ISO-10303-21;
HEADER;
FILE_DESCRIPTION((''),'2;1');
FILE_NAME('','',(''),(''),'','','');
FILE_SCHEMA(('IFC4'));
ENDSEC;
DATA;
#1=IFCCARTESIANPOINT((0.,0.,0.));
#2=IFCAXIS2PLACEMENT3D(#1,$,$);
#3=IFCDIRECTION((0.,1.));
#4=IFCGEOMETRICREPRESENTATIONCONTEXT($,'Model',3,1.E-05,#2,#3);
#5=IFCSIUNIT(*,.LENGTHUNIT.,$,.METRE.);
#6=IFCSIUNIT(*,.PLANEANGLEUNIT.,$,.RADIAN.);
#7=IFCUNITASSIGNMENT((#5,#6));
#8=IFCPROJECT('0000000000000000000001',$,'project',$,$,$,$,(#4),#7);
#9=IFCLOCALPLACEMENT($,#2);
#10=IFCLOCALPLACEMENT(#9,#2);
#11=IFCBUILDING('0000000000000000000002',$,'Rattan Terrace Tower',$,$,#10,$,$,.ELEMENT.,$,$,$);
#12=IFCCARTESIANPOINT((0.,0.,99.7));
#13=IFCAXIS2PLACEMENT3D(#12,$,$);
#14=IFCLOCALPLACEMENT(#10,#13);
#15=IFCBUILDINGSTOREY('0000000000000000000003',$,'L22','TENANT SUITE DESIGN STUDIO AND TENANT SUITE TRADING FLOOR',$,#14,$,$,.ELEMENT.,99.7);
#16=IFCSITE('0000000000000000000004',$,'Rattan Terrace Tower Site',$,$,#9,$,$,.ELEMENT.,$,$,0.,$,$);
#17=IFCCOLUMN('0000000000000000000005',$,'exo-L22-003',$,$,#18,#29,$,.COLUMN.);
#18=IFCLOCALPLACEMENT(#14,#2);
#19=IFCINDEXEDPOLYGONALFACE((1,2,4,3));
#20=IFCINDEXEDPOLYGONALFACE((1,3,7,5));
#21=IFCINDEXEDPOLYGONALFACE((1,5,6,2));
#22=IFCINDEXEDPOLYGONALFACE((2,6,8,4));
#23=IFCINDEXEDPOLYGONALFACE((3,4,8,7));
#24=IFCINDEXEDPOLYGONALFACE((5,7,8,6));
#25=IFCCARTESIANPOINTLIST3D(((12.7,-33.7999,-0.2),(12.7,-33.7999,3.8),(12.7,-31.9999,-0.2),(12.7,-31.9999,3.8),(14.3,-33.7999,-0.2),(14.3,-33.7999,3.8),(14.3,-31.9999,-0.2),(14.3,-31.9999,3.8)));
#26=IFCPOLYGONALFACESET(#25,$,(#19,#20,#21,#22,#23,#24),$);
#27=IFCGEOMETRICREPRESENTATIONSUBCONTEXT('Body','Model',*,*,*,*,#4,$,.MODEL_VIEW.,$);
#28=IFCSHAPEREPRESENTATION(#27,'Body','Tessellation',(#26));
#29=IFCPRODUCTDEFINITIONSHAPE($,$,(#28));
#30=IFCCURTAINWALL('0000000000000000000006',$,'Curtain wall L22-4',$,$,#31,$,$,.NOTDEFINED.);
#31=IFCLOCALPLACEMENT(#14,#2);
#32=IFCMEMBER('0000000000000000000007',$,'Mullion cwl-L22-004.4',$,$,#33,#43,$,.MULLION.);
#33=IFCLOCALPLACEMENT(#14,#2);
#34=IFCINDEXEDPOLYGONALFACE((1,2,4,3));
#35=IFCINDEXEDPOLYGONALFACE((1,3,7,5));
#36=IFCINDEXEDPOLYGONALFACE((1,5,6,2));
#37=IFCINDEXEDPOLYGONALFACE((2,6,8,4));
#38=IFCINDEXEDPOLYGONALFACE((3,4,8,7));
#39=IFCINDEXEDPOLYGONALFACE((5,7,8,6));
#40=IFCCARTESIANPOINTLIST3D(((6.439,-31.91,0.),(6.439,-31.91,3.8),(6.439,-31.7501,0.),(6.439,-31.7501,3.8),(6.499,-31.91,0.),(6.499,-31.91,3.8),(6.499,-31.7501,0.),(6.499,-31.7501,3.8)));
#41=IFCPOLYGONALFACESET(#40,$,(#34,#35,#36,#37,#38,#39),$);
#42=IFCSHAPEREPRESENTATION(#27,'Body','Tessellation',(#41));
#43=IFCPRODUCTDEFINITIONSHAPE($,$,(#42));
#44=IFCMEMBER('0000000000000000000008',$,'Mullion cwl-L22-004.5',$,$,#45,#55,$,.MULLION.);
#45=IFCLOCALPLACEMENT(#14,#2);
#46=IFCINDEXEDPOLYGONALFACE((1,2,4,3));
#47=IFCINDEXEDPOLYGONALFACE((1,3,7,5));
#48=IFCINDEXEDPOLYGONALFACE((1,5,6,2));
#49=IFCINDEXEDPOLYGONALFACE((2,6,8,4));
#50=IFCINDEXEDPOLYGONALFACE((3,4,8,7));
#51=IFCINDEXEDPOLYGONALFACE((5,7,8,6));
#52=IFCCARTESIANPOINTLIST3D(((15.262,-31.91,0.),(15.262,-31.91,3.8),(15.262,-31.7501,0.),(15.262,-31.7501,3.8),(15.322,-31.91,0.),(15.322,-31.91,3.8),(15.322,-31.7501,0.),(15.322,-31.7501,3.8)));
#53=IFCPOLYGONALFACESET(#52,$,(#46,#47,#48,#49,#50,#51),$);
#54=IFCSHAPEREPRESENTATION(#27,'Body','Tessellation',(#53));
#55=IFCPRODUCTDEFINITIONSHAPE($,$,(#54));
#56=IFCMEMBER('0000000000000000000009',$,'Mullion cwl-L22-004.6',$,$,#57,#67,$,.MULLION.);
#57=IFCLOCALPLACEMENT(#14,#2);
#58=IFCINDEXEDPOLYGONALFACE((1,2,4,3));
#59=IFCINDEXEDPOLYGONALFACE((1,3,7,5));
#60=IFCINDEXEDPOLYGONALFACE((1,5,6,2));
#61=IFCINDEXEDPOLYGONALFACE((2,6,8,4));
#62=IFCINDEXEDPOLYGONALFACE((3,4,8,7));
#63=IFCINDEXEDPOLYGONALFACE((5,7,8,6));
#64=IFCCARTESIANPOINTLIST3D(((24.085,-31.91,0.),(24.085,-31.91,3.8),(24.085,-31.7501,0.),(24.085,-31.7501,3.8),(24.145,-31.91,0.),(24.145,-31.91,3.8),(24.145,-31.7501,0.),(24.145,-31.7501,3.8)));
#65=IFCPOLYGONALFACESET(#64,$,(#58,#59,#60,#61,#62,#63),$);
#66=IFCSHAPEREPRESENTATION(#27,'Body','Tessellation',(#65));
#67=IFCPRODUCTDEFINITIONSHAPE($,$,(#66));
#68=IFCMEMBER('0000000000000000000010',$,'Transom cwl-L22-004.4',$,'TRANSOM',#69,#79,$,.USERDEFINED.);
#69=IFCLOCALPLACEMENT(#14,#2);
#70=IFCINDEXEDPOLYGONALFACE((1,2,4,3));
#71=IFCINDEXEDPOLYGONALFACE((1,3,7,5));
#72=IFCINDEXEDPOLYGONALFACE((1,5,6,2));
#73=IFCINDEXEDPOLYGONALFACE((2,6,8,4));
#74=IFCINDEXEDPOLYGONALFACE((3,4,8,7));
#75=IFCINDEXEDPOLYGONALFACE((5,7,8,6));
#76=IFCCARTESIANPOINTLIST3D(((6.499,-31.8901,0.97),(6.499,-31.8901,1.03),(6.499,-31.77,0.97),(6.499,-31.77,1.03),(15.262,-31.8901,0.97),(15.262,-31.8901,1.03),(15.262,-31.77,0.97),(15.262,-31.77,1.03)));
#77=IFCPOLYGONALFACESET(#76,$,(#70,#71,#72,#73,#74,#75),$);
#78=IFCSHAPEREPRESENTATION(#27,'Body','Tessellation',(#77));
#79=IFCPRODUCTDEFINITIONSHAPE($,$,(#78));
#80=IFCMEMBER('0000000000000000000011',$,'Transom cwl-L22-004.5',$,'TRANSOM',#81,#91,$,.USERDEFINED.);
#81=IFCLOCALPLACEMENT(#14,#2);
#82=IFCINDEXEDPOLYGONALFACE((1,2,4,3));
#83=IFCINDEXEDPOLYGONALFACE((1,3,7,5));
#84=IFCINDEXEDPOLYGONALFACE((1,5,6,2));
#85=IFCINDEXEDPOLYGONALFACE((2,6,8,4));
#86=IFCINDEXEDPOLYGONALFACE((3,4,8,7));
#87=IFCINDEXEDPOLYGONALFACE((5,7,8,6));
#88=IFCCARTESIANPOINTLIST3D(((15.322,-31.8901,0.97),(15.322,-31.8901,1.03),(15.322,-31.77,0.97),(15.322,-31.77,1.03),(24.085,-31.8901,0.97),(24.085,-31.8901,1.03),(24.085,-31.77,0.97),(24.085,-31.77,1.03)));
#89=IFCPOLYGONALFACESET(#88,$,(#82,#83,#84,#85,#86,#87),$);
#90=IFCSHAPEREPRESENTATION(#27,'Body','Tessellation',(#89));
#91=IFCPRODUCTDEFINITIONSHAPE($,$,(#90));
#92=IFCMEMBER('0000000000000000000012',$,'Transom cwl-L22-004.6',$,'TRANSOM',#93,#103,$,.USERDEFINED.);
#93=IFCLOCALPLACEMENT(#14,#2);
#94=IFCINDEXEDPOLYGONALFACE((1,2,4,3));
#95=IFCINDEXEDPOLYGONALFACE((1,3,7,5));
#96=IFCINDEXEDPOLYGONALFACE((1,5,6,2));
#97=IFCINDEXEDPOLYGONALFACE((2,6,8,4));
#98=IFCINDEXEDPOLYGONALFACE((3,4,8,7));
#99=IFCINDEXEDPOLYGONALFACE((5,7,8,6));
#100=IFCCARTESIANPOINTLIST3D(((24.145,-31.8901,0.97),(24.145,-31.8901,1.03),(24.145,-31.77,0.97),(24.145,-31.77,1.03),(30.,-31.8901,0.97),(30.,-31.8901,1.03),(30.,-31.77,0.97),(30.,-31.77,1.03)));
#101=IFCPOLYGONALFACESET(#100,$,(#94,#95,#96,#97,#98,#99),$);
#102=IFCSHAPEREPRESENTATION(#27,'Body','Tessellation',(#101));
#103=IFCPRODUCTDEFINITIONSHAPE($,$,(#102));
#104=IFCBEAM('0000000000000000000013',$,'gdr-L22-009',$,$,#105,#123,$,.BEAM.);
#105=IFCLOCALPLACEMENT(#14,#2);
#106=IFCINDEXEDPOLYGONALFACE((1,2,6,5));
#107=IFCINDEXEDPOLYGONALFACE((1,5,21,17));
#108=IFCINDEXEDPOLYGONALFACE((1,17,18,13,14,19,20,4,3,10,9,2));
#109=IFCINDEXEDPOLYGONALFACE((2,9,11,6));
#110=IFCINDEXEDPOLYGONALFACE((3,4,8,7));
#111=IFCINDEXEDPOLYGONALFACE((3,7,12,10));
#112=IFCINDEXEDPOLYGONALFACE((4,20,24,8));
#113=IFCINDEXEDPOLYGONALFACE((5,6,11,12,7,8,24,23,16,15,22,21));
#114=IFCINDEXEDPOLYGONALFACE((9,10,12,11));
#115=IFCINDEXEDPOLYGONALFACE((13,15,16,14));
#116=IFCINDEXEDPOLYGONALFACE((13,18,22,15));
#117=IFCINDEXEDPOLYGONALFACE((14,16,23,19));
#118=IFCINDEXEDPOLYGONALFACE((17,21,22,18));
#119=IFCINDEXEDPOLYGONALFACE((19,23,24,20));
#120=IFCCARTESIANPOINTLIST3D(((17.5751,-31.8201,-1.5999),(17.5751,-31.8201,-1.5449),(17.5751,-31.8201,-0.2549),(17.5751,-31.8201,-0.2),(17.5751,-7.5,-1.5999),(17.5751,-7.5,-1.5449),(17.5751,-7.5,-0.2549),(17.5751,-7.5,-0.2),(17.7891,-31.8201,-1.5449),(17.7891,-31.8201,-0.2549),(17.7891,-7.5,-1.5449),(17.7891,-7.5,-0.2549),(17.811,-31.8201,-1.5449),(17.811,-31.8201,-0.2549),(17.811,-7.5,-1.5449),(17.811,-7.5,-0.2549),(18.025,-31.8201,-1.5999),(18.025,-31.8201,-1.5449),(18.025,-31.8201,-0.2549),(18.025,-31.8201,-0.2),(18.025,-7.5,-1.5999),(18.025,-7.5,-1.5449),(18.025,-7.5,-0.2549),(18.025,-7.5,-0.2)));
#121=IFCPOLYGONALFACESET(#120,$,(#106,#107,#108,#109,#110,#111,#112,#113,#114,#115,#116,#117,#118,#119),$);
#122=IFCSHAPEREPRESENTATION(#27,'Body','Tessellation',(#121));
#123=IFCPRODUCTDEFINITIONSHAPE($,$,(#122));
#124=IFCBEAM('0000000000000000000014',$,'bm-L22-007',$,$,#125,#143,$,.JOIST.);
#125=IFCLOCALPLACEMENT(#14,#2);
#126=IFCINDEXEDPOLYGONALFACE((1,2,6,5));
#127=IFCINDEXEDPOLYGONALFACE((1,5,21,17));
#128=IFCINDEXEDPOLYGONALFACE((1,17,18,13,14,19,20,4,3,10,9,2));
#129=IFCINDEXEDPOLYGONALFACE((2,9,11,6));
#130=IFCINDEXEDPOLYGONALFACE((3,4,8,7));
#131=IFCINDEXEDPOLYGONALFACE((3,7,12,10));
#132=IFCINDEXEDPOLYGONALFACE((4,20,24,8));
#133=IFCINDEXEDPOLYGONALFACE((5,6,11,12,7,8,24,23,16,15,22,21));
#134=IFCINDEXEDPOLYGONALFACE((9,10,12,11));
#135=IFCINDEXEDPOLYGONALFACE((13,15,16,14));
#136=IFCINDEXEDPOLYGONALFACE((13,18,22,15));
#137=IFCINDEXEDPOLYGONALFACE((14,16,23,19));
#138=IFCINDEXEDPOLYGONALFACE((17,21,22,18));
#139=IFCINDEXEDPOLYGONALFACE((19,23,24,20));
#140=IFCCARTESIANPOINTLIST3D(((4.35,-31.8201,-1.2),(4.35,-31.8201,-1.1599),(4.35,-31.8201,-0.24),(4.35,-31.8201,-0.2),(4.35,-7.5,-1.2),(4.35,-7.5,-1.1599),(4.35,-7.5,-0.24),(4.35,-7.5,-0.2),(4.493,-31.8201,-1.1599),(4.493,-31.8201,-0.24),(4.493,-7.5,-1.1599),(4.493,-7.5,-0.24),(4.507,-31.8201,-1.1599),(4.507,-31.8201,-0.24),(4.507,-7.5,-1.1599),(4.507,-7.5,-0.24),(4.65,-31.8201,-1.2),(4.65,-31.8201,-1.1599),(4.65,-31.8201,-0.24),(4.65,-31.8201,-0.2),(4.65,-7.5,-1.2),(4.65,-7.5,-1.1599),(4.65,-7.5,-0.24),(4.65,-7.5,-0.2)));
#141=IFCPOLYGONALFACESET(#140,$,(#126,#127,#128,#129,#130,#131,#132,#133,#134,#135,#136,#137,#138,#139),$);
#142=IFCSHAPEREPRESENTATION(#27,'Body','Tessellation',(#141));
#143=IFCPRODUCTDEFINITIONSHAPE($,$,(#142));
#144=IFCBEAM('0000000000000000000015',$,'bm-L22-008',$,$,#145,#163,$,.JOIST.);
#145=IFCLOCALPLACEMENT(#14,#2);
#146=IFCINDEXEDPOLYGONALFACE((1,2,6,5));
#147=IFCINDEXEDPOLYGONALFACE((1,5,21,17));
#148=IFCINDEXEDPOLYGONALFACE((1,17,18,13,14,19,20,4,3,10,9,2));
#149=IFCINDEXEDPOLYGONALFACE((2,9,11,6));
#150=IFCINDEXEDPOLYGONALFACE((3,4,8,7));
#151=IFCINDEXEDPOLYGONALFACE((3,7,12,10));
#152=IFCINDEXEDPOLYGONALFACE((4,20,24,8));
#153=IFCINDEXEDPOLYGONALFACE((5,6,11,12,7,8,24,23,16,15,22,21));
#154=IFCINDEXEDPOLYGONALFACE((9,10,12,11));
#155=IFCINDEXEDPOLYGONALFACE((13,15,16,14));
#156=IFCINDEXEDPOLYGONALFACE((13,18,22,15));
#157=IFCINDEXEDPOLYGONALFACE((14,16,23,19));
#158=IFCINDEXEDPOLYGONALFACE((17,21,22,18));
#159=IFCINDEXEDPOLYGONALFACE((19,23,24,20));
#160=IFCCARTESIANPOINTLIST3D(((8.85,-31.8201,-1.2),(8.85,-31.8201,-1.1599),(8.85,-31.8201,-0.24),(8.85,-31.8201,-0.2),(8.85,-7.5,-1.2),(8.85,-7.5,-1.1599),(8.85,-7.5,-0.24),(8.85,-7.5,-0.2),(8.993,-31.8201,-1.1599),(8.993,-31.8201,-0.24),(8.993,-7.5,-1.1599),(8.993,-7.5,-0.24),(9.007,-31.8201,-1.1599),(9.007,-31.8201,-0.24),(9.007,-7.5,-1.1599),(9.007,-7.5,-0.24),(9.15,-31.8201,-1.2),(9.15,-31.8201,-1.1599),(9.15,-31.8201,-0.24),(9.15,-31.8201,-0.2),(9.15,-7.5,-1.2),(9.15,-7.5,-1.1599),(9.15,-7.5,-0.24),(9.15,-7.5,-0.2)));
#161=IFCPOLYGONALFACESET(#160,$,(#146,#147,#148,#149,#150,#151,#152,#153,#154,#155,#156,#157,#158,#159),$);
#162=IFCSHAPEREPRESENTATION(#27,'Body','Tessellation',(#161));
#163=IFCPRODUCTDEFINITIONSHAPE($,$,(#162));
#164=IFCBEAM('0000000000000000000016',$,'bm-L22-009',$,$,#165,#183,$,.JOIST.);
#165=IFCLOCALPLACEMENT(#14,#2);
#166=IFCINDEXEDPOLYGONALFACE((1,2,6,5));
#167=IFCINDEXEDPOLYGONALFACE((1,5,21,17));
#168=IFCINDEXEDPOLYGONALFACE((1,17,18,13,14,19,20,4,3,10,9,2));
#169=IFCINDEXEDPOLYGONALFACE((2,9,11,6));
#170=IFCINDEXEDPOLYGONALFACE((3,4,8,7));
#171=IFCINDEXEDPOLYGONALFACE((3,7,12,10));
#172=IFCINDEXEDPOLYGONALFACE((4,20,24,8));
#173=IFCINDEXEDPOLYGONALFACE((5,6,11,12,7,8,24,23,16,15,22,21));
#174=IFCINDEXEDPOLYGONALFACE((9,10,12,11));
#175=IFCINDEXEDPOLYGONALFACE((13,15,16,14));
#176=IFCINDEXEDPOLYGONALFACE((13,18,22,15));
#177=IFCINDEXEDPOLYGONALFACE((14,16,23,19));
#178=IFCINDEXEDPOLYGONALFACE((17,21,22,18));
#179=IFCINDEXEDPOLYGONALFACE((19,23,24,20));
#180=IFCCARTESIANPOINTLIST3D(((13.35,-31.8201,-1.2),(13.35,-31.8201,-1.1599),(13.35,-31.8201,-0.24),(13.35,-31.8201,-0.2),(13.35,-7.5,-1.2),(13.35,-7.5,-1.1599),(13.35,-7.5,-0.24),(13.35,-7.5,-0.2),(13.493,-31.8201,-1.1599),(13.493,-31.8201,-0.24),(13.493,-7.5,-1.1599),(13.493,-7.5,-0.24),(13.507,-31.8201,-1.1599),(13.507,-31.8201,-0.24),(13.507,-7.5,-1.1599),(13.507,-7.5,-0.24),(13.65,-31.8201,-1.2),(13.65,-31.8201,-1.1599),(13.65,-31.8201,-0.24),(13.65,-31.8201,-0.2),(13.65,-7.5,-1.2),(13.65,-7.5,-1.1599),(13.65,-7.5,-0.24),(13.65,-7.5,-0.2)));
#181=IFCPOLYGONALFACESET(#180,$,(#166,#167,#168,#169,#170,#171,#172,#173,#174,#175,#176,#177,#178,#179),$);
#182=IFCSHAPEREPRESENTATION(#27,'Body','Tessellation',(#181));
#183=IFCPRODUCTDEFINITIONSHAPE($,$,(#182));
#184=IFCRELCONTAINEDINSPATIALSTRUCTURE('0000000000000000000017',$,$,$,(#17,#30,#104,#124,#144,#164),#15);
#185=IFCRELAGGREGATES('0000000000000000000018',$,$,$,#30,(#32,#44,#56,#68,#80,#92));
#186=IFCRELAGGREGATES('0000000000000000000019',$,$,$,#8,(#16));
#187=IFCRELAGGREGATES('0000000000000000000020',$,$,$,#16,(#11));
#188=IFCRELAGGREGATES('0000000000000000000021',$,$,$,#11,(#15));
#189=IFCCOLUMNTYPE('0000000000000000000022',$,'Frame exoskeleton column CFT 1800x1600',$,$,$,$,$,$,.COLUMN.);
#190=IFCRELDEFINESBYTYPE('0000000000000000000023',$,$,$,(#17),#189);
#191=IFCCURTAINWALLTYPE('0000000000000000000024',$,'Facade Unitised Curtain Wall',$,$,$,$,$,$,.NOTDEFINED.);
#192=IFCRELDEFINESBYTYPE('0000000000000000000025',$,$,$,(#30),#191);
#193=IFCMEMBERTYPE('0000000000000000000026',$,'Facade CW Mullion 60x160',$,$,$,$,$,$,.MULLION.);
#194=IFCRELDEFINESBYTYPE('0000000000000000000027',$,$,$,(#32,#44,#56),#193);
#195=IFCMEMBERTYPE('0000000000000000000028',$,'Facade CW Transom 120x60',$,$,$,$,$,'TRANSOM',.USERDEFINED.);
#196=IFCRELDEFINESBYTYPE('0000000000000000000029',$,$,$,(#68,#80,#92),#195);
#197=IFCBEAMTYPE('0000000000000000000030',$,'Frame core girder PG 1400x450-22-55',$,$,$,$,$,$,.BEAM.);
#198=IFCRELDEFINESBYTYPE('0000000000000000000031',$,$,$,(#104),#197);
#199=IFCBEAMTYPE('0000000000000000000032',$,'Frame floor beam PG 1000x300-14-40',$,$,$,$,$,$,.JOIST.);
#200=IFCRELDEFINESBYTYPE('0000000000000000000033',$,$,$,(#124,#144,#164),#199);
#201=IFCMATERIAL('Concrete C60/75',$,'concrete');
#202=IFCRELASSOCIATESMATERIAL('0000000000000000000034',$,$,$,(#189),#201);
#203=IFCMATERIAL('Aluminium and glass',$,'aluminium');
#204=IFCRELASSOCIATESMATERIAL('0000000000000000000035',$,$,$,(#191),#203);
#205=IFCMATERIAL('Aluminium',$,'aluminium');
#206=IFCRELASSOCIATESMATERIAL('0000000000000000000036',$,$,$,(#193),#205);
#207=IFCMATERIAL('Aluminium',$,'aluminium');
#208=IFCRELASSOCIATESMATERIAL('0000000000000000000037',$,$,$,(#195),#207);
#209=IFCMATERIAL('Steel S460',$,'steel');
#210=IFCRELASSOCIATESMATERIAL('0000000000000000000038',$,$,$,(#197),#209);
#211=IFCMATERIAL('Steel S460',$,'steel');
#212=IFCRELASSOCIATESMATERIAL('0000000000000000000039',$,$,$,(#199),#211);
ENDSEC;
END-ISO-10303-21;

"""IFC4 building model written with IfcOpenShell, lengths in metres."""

from ifc_helpers import new_model, si_unit, direction, frame, origin, origin_2d, place, context, subcontext, project, spatial, rectangle, i_section, extrude, material, material_profile, profile_set, type_object, element, aggregate, save


model = new_model("IFC4")

# Units and contexts
model_context = context("Model", 3, precision=1e-05, world=origin(), true_north=direction((0.0, 1.0)))
body_context = subcontext(model_context, "Body", "Model", "MODEL_VIEW")
ifc_project = project(units=[si_unit("LENGTHUNIT", "METRE"), si_unit("PLANEANGLEUNIT", "RADIAN")], contexts=[model_context])

# Site, building, storey
site_placement = place(None, origin())
site = spatial("IfcSite", under=ifc_project, at=site_placement, Name="Rattan Terrace Tower Site", CompositionType="ELEMENT", RefElevation=0.0)
building_placement = place(site_placement, origin())
building = spatial("IfcBuilding", under=site, at=building_placement, Name="Rattan Terrace Tower", CompositionType="ELEMENT")
storey_placement = place(building_placement, frame((0.0, 0.0, 99.7)))
storey = spatial("IfcBuildingStorey", under=building, at=storey_placement, Name="L22", Description="TENANT SUITE DESIGN STUDIO AND TENANT SUITE TRADING FLOOR", CompositionType="ELEMENT", Elevation=99.7)

# Column
ifc_material_1 = material(Name="Concrete C60/75", Category="concrete")
ifc_material_profile_1 = material_profile(ifc_material_1, rectangle(XDim=1.6001, YDim=1.8, at=origin_2d()), Name="CFT 1800x1600")
ifc_profile_set_1 = profile_set([ifc_material_profile_1], Name="Concrete C60/75")
column_type = type_object("IfcColumnType", Name="Frame exoskeleton column CFT 1800x1600", PredefinedType="COLUMN", material=ifc_profile_set_1)
column_placement = place(storey_placement, frame((13.5, -32.8999, -0.2), z_axis=(0.0, 0.0, 1.0), x_axis=(1.0, 0.0, 0.0)))
element("IfcColumn", 1, at=column_placement, inside=storey, type_object=column_type, Name="exo-L22-003", PredefinedType="COLUMN", context=body_context, shape_type="SweptSolid", body=[
    extrude(rectangle(XDim=1.6001, YDim=1.8, at=origin_2d()), origin(), (0.0, 0.0, 1.0), 4.0),
])

# Curtain wall, members
ifc_material_2 = material(Name="Aluminium and glass", Category="aluminium")
curtain_wall_type = type_object("IfcCurtainWallType", Name="Facade Unitised Curtain Wall", PredefinedType="NOTDEFINED", material=ifc_material_2)
curtain_wall_placement = place(storey_placement, origin())
curtain_wall = element("IfcCurtainWall", 2, at=curtain_wall_placement, inside=storey, type_object=curtain_wall_type, Name="Curtain wall L22-4", PredefinedType="NOTDEFINED")
ifc_material_3 = material(Name="Aluminium", Category="aluminium")
ifc_material_profile_2 = material_profile(ifc_material_3, rectangle(XDim=0.0601, YDim=0.1599, at=origin_2d()), Name="Aluminium 60x160")
ifc_profile_set_2 = profile_set([ifc_material_profile_2], Name="Aluminium")
member_type_1 = type_object("IfcMemberType", Name="Facade CW Mullion 60x160", PredefinedType="MULLION", material=ifc_profile_set_2)
member_1_placement = place(storey_placement, frame((6.469, -31.8301, 0.0), z_axis=(0.0, 0.0, 1.0), x_axis=(1.0, 0.0, 0.0)))
member_1 = element("IfcMember", 3, at=member_1_placement, type_object=member_type_1, Name="Mullion cwl-L22-004.4", PredefinedType="MULLION", context=body_context, shape_type="SweptSolid", body=[
    extrude(rectangle(XDim=0.0601, YDim=0.1599, at=origin_2d()), origin(), (0.0, 0.0, 1.0), 3.8),
])
member_2_placement = place(storey_placement, frame((15.292, -31.8301, 0.0), z_axis=(0.0, 0.0, 1.0), x_axis=(1.0, 0.0, 0.0)))
member_2 = element("IfcMember", 4, at=member_2_placement, type_object=member_type_1, Name="Mullion cwl-L22-004.5", PredefinedType="MULLION", context=body_context, shape_type="SweptSolid", body=[
    extrude(rectangle(XDim=0.0601, YDim=0.1599, at=origin_2d()), origin(), (0.0, 0.0, 1.0), 3.8),
])
member_3_placement = place(storey_placement, frame((24.115, -31.8301, 0.0), z_axis=(0.0, 0.0, 1.0), x_axis=(1.0, 0.0, 0.0)))
member_3 = element("IfcMember", 5, at=member_3_placement, type_object=member_type_1, Name="Mullion cwl-L22-004.6", PredefinedType="MULLION", context=body_context, shape_type="SweptSolid", body=[
    extrude(rectangle(XDim=0.0601, YDim=0.1599, at=origin_2d()), origin(), (0.0, 0.0, 1.0), 3.8),
])
ifc_material_4 = material(Name="Aluminium", Category="aluminium")
ifc_material_profile_3 = material_profile(ifc_material_4, rectangle(XDim=0.1201, YDim=0.0601, at=origin_2d()), Name="Aluminium 120x60")
ifc_profile_set_3 = profile_set([ifc_material_profile_3], Name="Aluminium")
member_type_2 = type_object("IfcMemberType", Name="Facade CW Transom 120x60", ElementType="TRANSOM", PredefinedType="USERDEFINED", material=ifc_profile_set_3)
member_4_placement = place(storey_placement, frame((6.499, -31.8301, 1.0), z_axis=(1.0, 0.0, 0.0), x_axis=(0.0, 1.0, 0.0)))
member_4 = element("IfcMember", 6, at=member_4_placement, type_object=member_type_2, Name="Transom cwl-L22-004.4", ObjectType="TRANSOM", PredefinedType="USERDEFINED", context=body_context, shape_type="SweptSolid", body=[
    extrude(rectangle(XDim=0.1201, YDim=0.0601, at=origin_2d()), origin(), (0.0, 0.0, 1.0), 8.7629),
])
member_5_placement = place(storey_placement, frame((15.322, -31.8301, 1.0), z_axis=(1.0, 0.0, 0.0), x_axis=(0.0, 1.0, 0.0)))
member_5 = element("IfcMember", 7, at=member_5_placement, type_object=member_type_2, Name="Transom cwl-L22-004.5", ObjectType="TRANSOM", PredefinedType="USERDEFINED", context=body_context, shape_type="SweptSolid", body=[
    extrude(rectangle(XDim=0.1201, YDim=0.0601, at=origin_2d()), origin(), (0.0, 0.0, 1.0), 8.7629),
])
member_6_placement = place(storey_placement, frame((24.145, -31.8301, 1.0), z_axis=(1.0, 0.0, 0.0), x_axis=(0.0, 1.0, 0.0)))
member_6 = element("IfcMember", 8, at=member_6_placement, type_object=member_type_2, Name="Transom cwl-L22-004.6", ObjectType="TRANSOM", PredefinedType="USERDEFINED", context=body_context, shape_type="SweptSolid", body=[
    extrude(rectangle(XDim=0.1201, YDim=0.0601, at=origin_2d()), origin(), (0.0, 0.0, 1.0), 5.855),
])

# Beams
ifc_material_5 = material(Name="Steel S460", Category="steel")
ifc_material_profile_4 = material_profile(ifc_material_5, i_section(OverallWidth=0.45, OverallDepth=1.3999, WebThickness=0.022, FlangeThickness=0.0549, at=origin_2d()), Name="PG 1400x450-22-55")
ifc_profile_set_4 = profile_set([ifc_material_profile_4], Name="Steel S460")
beam_type_1 = type_object("IfcBeamType", Name="Frame core girder PG 1400x450-22-55", PredefinedType="BEAM", material=ifc_profile_set_4)
beam_placement = place(storey_placement, frame((17.8, -31.8201, -0.8999), z_axis=(0.0, 1.0, 0.0), x_axis=(-1.0, 0.0, 0.0)))
element("IfcBeam", 9, at=beam_placement, inside=storey, type_object=beam_type_1, Name="gdr-L22-009", PredefinedType="BEAM", context=body_context, shape_type="SweptSolid", body=[
    extrude(i_section(OverallWidth=0.45, OverallDepth=1.3999, WebThickness=0.022, FlangeThickness=0.0549, at=origin_2d()), origin(), (0.0, 0.0, 1.0), 24.3201),
])
ifc_material_6 = material(Name="Steel S460", Category="steel")
ifc_material_profile_5 = material_profile(ifc_material_6, i_section(OverallWidth=0.3, OverallDepth=1.0, WebThickness=0.0139, FlangeThickness=0.04, at=origin_2d()), Name="PG 1000x300-14-40")
ifc_profile_set_5 = profile_set([ifc_material_profile_5], Name="Steel S460")
beam_type_2 = type_object("IfcBeamType", Name="Frame floor beam PG 1000x300-14-40", PredefinedType="JOIST", material=ifc_profile_set_5)
for number, where, z_axis, x_axis, name in (
    (10, (4.5, -31.8201, -0.7), (0.0, 1.0, 0.0), (-1.0, 0.0, 0.0), "bm-L22-007"),
    (11, (9.0, -31.8201, -0.7), (0.0, 1.0, 0.0), (-1.0, 0.0, 0.0), "bm-L22-008"),
    (12, (13.5, -31.8201, -0.7), (0.0, 1.0, 0.0), (-1.0, 0.0, 0.0), "bm-L22-009"),
):
    element("IfcBeam", number, at=place(storey_placement, frame(where, z_axis=z_axis, x_axis=x_axis)), inside=storey, type_object=beam_type_2, Name=name, PredefinedType="JOIST", context=body_context, shape_type="SweptSolid", body=[
        extrude(i_section(OverallWidth=0.3, OverallDepth=1.0, WebThickness=0.0139, FlangeThickness=0.04, at=origin_2d()), origin(), (0.0, 0.0, 1.0), 24.3201),
    ])

aggregate(curtain_wall, [member_1, member_2, member_3, member_4, member_5, member_6])

save(model, "model.ifc")
